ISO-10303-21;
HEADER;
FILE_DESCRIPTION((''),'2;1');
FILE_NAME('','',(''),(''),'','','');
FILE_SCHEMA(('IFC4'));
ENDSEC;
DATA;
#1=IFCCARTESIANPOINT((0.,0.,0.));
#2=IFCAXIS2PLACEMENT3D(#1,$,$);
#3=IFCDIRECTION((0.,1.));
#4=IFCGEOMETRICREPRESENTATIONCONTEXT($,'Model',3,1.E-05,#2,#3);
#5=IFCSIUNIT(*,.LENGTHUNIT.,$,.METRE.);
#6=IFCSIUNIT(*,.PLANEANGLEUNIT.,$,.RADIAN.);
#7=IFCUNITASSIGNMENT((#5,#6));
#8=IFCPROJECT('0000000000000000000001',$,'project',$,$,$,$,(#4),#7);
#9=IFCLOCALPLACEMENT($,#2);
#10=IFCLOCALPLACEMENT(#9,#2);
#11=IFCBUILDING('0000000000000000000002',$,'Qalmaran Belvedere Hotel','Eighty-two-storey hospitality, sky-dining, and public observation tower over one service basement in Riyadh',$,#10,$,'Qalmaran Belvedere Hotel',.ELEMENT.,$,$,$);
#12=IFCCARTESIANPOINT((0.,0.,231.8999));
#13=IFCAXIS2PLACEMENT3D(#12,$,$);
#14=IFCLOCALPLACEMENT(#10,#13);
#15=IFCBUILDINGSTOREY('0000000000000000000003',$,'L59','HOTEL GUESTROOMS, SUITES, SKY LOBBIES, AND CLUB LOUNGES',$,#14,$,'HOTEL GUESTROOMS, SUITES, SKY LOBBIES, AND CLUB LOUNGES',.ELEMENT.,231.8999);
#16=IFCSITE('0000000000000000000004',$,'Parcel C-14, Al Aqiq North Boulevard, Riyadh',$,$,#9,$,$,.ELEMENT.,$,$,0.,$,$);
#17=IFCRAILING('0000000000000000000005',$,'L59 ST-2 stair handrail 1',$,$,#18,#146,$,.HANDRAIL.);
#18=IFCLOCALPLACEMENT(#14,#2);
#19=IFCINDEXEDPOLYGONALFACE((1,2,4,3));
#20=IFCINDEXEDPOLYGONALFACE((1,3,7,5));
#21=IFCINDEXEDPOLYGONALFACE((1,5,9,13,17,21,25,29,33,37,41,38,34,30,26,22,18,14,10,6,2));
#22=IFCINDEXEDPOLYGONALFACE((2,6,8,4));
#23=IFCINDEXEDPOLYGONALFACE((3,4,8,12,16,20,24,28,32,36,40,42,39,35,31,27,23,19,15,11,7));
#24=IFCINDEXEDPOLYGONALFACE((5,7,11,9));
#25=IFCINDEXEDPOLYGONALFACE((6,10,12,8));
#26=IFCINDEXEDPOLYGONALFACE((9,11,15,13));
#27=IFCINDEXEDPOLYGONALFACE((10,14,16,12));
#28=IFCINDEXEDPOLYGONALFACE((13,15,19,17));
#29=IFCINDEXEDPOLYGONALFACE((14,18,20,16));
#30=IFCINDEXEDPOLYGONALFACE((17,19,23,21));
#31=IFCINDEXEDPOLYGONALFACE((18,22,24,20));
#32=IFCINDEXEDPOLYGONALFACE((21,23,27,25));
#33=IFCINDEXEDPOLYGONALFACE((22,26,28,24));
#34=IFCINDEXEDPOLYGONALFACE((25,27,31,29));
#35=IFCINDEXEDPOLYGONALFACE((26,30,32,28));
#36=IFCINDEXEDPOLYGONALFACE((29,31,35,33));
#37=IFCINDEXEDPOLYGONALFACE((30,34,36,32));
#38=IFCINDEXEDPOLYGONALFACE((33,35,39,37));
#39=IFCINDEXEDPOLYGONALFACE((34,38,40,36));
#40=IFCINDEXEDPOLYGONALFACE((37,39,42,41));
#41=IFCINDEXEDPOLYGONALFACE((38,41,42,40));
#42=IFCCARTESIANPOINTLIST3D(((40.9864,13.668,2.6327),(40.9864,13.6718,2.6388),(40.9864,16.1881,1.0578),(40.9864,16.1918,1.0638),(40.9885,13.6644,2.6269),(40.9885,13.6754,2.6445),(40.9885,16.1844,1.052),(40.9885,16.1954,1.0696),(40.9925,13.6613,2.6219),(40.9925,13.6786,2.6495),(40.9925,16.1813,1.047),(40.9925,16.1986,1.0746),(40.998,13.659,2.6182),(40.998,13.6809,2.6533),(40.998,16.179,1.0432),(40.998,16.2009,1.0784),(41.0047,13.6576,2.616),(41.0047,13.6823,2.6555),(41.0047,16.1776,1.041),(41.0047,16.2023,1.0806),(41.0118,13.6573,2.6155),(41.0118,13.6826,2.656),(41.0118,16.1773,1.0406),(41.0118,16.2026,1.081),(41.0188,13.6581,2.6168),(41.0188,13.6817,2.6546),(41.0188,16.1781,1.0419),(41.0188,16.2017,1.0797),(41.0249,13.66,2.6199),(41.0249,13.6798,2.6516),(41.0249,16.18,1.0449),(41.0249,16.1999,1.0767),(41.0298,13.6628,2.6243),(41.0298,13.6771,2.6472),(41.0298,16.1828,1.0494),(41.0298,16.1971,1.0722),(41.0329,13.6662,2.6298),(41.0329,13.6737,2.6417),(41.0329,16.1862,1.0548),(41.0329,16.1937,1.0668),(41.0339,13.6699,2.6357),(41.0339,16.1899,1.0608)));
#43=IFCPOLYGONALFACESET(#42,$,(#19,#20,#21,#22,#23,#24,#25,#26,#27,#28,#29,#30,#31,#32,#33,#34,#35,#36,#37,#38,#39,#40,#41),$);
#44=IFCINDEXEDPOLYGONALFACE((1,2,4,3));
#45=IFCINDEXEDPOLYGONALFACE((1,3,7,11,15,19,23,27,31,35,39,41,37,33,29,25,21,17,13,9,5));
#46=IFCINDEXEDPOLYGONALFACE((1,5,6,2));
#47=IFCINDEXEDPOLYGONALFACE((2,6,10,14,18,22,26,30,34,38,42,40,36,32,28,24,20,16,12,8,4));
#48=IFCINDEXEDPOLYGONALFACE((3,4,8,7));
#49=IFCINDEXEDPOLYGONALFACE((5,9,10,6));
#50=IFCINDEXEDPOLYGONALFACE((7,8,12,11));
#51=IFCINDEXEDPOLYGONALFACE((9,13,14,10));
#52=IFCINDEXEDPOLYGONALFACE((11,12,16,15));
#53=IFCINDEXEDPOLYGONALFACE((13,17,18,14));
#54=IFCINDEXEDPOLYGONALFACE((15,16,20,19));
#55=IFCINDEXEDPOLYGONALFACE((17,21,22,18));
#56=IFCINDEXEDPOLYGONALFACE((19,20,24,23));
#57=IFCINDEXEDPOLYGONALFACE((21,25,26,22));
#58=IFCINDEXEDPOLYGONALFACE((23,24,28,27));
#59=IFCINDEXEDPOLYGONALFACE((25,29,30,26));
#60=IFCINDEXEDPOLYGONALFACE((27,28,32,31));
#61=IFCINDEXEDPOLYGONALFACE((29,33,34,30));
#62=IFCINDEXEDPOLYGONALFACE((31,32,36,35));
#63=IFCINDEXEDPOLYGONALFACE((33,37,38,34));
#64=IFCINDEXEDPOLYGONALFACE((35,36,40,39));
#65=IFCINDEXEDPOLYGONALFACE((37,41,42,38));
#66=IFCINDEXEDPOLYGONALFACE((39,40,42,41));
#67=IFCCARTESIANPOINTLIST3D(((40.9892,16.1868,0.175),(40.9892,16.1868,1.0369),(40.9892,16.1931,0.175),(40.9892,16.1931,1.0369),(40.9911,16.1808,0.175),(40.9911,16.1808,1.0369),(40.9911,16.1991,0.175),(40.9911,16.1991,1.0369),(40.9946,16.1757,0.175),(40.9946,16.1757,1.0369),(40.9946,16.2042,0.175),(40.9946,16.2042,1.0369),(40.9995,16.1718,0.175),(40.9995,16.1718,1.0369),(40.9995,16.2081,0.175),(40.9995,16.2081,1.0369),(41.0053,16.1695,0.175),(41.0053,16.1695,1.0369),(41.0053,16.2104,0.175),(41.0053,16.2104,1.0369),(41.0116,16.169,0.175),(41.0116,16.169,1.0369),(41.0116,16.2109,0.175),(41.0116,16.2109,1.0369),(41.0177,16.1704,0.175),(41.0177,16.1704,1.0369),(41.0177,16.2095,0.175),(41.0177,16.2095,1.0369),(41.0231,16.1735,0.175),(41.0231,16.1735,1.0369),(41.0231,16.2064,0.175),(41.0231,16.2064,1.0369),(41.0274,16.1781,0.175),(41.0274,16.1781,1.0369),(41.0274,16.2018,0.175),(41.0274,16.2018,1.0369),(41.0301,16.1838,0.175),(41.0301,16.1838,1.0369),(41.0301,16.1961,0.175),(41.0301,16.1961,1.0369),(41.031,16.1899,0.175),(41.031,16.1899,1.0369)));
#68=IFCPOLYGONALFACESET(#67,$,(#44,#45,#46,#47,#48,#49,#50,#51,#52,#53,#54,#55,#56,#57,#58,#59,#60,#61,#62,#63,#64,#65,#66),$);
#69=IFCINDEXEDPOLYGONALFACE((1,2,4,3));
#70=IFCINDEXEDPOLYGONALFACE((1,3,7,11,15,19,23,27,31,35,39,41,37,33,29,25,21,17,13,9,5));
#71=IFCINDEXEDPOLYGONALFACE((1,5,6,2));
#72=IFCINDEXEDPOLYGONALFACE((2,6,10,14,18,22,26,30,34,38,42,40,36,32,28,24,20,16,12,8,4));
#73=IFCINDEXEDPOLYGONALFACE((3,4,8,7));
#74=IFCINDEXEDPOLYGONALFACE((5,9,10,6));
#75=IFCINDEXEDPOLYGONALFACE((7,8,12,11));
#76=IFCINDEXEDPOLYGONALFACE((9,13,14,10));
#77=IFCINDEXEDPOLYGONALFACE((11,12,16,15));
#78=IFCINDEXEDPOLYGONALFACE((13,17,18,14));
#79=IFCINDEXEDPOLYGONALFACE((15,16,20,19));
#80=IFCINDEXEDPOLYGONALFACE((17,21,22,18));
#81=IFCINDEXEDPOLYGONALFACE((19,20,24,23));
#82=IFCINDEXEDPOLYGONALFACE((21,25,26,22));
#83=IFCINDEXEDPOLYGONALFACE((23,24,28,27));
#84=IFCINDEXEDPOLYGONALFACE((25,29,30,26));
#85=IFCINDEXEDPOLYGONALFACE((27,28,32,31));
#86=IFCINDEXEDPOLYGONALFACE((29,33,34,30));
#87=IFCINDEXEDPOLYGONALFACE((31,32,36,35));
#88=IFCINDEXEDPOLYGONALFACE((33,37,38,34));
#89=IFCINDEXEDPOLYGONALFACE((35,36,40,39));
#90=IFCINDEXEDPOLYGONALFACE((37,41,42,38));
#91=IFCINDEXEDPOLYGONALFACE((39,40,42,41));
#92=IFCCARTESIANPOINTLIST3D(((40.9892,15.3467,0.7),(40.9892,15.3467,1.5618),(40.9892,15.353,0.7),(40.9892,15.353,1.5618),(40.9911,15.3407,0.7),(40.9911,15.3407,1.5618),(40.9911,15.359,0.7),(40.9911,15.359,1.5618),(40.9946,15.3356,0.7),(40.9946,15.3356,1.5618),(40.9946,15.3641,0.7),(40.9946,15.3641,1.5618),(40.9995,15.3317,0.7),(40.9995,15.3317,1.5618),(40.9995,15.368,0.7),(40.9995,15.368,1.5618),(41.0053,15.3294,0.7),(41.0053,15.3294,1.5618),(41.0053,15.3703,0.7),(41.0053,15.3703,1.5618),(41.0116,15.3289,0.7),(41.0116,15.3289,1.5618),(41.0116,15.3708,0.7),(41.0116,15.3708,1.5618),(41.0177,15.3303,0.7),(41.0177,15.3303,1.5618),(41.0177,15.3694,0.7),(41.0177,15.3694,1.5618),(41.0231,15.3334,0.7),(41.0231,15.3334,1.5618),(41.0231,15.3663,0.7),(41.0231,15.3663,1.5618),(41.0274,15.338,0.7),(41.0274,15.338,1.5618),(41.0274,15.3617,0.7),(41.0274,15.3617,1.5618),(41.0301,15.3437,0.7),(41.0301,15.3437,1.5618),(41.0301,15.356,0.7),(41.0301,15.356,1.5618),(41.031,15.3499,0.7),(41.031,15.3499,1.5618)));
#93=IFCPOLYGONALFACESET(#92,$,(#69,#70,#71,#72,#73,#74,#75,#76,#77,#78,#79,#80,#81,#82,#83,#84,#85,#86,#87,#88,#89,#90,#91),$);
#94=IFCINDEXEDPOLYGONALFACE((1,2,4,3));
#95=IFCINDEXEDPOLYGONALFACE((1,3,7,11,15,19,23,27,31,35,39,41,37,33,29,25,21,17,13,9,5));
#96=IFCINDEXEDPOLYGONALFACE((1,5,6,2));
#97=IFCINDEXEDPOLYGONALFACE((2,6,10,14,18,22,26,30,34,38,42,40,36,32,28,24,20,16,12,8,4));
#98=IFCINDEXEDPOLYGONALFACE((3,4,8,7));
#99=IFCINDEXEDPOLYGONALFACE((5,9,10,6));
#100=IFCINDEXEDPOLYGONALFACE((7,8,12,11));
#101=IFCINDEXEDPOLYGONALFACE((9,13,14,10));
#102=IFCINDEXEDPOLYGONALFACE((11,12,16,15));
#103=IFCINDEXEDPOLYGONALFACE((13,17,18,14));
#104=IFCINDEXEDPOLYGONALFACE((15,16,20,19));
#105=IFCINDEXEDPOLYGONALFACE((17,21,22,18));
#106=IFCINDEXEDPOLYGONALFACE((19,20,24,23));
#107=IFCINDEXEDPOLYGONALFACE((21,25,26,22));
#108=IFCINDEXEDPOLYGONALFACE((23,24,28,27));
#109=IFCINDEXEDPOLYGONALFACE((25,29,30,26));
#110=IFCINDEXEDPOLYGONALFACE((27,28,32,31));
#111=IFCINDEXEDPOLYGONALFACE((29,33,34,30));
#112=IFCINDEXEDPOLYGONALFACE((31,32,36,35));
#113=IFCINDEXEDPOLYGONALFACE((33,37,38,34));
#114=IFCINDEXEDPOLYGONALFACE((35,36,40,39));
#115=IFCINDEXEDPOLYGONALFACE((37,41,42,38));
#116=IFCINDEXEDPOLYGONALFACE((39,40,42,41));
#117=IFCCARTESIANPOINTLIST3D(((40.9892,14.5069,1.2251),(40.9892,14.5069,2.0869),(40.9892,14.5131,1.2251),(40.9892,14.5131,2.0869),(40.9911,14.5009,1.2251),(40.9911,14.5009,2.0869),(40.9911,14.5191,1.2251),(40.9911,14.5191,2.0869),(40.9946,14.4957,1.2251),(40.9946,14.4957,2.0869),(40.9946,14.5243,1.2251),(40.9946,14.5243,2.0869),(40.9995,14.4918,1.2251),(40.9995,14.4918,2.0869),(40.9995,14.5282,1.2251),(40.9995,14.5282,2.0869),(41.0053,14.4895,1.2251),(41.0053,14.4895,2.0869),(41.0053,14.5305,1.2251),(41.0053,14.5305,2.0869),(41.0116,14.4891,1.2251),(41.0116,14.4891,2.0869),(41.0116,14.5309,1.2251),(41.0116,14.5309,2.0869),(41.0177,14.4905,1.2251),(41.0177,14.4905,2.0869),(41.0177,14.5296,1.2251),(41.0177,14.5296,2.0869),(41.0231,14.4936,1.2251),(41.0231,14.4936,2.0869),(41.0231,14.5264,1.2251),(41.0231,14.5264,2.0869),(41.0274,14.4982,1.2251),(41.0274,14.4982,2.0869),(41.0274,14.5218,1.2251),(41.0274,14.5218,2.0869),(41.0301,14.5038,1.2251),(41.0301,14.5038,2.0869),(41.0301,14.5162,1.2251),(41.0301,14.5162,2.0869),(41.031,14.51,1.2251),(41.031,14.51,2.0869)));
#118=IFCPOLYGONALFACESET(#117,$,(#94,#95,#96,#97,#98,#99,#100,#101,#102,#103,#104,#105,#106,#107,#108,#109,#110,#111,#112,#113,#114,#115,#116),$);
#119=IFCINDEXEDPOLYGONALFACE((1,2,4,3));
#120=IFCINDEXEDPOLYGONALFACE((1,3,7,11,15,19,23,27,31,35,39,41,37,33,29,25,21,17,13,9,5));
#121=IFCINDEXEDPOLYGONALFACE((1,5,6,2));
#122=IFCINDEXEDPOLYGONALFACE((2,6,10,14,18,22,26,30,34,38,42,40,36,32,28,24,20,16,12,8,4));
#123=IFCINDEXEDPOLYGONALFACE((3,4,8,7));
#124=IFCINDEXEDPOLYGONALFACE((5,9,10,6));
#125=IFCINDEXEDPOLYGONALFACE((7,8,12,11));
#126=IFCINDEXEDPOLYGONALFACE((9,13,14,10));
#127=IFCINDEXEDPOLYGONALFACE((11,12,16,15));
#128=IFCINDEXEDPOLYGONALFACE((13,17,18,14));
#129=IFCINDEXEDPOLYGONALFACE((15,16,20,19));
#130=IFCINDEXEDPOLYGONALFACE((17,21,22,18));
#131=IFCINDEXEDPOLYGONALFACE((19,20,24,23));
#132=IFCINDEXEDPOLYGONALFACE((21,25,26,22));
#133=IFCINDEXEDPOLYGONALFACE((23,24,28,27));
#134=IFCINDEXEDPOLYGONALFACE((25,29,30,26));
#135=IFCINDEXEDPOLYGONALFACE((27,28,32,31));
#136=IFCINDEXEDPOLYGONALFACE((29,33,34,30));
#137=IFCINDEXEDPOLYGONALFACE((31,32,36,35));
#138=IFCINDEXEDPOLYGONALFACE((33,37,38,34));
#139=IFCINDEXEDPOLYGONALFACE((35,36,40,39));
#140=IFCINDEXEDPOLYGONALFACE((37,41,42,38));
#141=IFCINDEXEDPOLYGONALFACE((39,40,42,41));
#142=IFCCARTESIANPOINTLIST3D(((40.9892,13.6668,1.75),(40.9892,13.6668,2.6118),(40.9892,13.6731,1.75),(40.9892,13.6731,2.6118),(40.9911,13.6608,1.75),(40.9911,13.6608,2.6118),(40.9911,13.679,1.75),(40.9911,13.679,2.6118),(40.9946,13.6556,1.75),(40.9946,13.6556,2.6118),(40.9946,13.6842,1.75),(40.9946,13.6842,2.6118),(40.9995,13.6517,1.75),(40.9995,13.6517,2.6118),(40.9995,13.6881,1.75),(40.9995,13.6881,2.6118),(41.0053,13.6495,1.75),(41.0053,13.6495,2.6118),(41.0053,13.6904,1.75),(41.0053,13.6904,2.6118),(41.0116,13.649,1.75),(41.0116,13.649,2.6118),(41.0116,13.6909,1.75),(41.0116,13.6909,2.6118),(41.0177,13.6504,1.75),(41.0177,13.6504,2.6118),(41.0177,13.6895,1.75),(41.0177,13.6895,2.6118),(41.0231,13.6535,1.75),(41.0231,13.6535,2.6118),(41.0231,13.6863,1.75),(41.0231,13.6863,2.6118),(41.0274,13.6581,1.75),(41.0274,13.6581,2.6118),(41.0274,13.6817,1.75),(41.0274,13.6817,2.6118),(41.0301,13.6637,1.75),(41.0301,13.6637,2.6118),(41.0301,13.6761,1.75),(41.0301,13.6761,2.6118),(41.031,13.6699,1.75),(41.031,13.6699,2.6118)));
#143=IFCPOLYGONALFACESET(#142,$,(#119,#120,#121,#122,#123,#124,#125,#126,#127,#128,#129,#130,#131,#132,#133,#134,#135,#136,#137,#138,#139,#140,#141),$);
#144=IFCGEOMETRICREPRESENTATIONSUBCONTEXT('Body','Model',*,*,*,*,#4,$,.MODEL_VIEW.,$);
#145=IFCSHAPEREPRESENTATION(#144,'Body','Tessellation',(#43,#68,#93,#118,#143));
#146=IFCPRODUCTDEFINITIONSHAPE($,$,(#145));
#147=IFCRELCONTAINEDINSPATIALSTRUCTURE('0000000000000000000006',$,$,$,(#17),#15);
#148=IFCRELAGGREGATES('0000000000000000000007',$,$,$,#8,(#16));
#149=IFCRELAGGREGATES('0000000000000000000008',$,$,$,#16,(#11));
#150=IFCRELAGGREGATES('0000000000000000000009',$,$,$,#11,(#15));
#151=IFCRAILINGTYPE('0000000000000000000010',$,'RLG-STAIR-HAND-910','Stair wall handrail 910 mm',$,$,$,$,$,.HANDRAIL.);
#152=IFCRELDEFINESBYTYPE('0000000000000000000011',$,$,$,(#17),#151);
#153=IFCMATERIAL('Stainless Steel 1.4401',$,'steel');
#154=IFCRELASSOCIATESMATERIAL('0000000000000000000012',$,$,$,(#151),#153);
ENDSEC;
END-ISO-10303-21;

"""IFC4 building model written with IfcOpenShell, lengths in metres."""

from ifc_helpers import new_model, si_unit, direction, frame, origin, origin_2d, place, context, subcontext, project, spatial, circle, extrude, material, type_object, element, save


model = new_model("IFC4")

# Units and contexts
model_context = context("Model", 3, precision=1e-05, world=origin(), true_north=direction((0.0, 1.0)))
body_context = subcontext(model_context, "Body", "Model", "MODEL_VIEW")
ifc_project = project(units=[si_unit("LENGTHUNIT", "METRE"), si_unit("PLANEANGLEUNIT", "RADIAN")], contexts=[model_context])

# Site, building, storey
site_placement = place(None, origin())
site = spatial("IfcSite", under=ifc_project, at=site_placement, Name="Parcel C-14, Al Aqiq North Boulevard, Riyadh", CompositionType="ELEMENT", RefElevation=0.0)
building_placement = place(site_placement, origin())
building = spatial("IfcBuilding", under=site, at=building_placement, Name="Qalmaran Belvedere Hotel", Description="Eighty-two-storey hospitality, sky-dining, and public observation tower over one service basement in Riyadh", LongName="Qalmaran Belvedere Hotel", CompositionType="ELEMENT")
storey_placement = place(building_placement, frame((0.0, 0.0, 231.8999)))
storey = spatial("IfcBuildingStorey", under=building, at=storey_placement, Name="L59", Description="HOTEL GUESTROOMS, SUITES, SKY LOBBIES, AND CLUB LOUNGES", LongName="HOTEL GUESTROOMS, SUITES, SKY LOBBIES, AND CLUB LOUNGES", CompositionType="ELEMENT", Elevation=231.8999)

# Shared definitions
ifc_material_1 = material(Name="Stainless Steel 1.4401", Category="steel")

# Railing
railing_type_1 = type_object("IfcRailingType", Name="RLG-STAIR-HAND-910", Description="Stair wall handrail 910 mm", PredefinedType="HANDRAIL", material=ifc_material_1)
railing_1_placement = place(storey_placement, frame((41.01, 16.1899, 0.175)))
element("IfcRailing", 1, at=railing_1_placement, inside=storey, type_object=railing_type_1, Name="L59 ST-2 stair handrail 1", PredefinedType="HANDRAIL", context=body_context, shape_type="SweptSolid", body=[
    extrude(circle(Radius=0.0239, at=origin_2d()), frame((0.0, 0.0, 0.8857), z_axis=(0.0, -0.848008, 0.529984), x_axis=(1.0, 0.0, 0.0)), (0.0, 0.0, 1.0), 2.9717),
    extrude(circle(Radius=0.021, at=origin_2d()), origin(), (0.0, 0.0, 1.0), 0.8618),
    extrude(circle(Radius=0.021, at=origin_2d()), frame((0.0, -0.8401, 0.5249)), (0.0, 0.0, 1.0), 0.8618),
    extrude(circle(Radius=0.021, at=origin_2d()), frame((0.0, -1.6799, 1.05)), (0.0, 0.0, 1.0), 0.8618),
    extrude(circle(Radius=0.021, at=origin_2d()), frame((0.0, -2.52, 1.575)), (0.0, 0.0, 1.0), 0.8618),
])

save(model, "model.ifc")
